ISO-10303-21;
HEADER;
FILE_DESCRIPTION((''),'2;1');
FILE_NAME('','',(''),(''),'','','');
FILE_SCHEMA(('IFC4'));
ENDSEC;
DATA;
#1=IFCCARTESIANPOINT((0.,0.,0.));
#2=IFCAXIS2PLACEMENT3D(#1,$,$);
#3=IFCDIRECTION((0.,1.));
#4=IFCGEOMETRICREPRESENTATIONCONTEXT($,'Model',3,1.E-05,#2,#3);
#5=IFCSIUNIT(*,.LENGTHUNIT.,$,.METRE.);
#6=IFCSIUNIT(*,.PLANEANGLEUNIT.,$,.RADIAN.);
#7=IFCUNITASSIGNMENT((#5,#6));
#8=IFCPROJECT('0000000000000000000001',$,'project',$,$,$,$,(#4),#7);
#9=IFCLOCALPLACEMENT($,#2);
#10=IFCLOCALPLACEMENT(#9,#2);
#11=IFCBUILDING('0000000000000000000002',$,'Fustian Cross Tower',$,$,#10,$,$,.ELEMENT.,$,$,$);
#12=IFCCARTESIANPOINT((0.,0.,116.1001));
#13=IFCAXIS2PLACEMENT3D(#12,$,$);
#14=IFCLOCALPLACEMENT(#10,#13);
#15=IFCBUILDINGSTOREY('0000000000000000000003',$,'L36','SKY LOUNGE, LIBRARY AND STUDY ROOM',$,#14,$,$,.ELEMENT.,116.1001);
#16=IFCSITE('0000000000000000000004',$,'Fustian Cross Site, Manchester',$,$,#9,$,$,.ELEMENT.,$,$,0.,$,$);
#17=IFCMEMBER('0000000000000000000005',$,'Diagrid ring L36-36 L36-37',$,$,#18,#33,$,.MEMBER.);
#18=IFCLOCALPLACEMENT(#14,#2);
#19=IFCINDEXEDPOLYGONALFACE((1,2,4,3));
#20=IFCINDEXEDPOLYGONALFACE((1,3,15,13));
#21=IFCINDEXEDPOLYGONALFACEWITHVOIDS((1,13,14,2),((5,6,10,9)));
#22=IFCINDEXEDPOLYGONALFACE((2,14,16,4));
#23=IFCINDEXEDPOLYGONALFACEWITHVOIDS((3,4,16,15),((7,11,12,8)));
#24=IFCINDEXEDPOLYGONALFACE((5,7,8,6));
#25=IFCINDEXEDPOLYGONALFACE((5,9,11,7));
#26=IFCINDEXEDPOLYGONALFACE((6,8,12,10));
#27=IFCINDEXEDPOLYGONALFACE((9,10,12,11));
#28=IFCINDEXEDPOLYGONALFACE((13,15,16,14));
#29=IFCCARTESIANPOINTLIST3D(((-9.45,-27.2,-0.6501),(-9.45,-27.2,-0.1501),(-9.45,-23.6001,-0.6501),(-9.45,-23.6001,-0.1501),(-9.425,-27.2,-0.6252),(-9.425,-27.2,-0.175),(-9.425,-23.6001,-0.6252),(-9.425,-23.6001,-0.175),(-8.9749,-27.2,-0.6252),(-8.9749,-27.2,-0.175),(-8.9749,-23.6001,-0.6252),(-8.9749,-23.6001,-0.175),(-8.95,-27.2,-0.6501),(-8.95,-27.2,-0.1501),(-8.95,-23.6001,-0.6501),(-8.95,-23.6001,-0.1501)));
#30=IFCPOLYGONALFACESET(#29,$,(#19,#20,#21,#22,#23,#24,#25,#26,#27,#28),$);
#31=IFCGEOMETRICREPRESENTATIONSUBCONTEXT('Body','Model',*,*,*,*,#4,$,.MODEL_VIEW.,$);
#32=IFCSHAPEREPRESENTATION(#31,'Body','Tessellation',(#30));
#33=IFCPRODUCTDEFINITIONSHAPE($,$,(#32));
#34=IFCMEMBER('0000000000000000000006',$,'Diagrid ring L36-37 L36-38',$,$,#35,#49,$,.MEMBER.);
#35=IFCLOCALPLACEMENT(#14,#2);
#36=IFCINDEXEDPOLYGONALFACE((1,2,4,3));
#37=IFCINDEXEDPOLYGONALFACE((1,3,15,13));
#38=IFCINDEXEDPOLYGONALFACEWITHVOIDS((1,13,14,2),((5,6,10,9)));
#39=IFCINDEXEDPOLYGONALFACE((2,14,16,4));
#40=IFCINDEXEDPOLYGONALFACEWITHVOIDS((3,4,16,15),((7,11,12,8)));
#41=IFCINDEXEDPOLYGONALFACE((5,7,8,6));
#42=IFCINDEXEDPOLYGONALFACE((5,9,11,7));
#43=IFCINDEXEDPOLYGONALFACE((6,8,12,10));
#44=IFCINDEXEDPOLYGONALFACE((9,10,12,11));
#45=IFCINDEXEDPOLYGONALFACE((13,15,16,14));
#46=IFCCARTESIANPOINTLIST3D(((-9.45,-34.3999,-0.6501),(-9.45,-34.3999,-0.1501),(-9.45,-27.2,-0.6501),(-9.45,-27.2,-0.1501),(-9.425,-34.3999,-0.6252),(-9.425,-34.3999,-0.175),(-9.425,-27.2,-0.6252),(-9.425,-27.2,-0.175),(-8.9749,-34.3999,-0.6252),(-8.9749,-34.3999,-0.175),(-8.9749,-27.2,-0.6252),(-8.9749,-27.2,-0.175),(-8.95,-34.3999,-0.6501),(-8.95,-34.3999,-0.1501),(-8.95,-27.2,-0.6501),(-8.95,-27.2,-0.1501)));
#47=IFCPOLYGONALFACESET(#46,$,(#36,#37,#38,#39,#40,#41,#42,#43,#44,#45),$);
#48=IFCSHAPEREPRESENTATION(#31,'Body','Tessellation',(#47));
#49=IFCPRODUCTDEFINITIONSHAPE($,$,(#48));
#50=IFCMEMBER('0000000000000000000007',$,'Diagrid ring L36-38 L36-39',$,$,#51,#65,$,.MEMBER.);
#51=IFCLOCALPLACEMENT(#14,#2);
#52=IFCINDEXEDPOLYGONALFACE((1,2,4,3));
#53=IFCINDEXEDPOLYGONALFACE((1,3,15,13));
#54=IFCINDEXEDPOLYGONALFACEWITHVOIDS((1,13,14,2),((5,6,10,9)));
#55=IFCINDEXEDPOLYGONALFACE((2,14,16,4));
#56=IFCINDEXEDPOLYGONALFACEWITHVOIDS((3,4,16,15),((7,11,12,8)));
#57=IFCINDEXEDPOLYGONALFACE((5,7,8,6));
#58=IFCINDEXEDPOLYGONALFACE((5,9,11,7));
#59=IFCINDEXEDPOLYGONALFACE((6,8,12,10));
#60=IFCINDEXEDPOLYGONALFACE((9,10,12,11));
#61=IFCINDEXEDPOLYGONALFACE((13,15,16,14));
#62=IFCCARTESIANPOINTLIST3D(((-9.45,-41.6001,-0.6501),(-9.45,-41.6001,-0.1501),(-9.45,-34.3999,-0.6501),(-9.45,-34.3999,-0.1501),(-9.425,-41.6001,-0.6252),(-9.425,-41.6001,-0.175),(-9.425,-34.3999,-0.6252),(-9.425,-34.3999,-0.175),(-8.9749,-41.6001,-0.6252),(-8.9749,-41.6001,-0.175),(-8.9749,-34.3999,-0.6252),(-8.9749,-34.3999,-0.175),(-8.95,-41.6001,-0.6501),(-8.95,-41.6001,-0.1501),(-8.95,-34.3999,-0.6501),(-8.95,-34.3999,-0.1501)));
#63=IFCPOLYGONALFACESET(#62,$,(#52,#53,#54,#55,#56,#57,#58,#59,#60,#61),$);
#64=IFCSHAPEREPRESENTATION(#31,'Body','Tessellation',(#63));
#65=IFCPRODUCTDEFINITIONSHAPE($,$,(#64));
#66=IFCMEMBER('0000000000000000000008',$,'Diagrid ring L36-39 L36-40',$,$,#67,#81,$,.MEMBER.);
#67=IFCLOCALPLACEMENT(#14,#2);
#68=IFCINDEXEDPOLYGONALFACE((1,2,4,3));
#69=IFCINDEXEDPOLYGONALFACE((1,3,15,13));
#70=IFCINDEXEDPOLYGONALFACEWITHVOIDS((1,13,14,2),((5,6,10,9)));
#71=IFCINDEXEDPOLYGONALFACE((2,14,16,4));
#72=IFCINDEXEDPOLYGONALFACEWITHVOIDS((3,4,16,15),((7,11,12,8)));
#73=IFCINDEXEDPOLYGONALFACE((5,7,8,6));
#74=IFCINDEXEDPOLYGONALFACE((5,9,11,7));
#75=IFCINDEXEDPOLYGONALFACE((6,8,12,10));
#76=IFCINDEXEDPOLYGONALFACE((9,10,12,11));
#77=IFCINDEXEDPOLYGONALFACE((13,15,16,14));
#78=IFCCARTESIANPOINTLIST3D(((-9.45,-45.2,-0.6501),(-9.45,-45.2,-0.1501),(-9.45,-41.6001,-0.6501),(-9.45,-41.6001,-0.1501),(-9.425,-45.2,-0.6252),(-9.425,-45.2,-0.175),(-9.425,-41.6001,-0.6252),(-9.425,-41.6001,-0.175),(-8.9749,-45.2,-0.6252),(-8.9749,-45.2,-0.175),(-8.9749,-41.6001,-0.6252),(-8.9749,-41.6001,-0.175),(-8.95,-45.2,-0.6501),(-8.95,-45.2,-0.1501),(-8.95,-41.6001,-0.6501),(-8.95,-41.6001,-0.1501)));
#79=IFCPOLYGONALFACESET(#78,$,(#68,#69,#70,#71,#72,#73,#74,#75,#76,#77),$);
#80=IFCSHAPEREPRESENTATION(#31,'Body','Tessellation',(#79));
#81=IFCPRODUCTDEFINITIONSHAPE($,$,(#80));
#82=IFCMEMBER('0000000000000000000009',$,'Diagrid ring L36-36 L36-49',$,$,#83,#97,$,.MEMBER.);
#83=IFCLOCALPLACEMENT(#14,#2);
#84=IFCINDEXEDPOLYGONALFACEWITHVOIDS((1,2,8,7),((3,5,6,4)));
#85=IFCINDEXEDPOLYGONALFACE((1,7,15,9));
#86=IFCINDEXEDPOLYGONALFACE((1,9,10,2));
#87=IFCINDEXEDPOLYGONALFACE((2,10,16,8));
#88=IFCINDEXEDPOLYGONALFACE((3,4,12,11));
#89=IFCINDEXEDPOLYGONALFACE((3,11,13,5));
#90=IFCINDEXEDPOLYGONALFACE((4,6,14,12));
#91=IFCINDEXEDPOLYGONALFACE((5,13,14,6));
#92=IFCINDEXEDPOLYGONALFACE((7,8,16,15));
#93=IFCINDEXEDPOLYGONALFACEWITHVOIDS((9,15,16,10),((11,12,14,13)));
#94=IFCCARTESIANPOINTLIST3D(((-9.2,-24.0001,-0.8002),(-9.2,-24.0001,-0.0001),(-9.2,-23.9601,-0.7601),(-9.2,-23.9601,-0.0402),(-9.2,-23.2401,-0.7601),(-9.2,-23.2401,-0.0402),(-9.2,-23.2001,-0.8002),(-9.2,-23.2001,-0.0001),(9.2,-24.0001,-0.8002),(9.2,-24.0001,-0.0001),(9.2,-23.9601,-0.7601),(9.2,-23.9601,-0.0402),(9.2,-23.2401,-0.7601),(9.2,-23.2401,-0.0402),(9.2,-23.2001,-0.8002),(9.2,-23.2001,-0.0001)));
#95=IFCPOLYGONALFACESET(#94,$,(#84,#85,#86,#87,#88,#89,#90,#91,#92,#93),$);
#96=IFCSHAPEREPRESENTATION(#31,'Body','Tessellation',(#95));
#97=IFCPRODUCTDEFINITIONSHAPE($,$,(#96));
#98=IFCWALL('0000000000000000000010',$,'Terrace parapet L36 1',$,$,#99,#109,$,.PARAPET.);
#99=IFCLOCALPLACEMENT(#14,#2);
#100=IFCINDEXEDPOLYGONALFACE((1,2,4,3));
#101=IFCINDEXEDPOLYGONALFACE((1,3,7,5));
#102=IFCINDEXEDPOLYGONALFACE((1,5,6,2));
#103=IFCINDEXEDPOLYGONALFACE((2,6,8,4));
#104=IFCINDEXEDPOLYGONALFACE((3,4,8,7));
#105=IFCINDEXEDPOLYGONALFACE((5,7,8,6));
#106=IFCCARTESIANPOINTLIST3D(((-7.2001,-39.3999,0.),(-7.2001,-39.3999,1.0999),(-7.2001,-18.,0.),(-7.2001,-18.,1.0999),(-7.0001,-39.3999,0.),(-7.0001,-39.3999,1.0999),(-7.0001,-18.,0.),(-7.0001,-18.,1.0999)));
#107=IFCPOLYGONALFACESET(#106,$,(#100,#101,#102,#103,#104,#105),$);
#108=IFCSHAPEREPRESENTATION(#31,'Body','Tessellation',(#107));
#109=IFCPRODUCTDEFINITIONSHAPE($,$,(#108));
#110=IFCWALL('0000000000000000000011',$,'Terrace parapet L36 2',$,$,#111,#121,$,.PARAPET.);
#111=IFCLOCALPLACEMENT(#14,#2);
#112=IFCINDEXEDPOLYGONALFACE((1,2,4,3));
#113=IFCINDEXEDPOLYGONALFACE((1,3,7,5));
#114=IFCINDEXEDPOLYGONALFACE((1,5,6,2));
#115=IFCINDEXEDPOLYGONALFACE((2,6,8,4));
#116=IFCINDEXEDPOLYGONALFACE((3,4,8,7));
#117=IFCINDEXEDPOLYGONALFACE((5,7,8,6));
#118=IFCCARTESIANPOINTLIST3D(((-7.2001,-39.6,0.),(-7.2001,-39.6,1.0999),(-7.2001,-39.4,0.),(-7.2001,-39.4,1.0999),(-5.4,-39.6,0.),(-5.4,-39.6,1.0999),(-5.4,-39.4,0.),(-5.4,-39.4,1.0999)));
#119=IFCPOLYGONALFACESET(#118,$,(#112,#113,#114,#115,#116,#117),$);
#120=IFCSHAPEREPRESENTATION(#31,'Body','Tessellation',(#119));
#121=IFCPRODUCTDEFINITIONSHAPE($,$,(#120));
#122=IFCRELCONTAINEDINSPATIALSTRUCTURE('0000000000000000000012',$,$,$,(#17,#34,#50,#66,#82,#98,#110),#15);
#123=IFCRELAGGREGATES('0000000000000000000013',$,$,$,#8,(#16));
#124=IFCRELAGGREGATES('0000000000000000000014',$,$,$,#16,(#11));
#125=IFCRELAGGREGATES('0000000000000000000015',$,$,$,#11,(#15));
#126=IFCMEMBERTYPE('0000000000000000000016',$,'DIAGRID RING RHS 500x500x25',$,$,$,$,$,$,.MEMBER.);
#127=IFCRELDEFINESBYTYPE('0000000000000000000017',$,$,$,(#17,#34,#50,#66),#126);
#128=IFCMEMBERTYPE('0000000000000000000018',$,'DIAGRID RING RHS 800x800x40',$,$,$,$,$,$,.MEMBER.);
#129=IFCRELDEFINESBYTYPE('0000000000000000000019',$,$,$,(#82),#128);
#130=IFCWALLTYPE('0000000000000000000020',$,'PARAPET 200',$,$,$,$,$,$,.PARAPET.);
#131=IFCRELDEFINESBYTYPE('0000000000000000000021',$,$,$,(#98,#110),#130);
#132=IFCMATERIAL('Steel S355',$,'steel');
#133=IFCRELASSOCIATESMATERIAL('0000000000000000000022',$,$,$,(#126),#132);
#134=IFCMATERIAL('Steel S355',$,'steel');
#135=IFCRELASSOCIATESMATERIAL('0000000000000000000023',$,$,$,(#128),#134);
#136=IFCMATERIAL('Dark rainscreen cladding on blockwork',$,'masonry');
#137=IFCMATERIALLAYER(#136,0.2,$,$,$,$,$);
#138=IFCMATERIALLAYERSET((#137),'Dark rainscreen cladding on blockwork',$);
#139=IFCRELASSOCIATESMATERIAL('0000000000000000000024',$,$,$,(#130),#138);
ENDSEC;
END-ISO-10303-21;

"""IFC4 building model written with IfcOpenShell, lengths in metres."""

from ifc_helpers import new_model, si_unit, direction, frame, frame_2d, origin, origin_2d, place, context, subcontext, project, spatial, rectangle, hollow_rectangle, extrude, material, layer, layer_set, material_profile, profile_set, type_object, element, save


model = new_model("IFC4")

# Units and contexts
model_context = context("Model", 3, precision=1e-05, world=origin(), true_north=direction((0.0, 1.0)))
body_context = subcontext(model_context, "Body", "Model", "MODEL_VIEW")
ifc_project = project(units=[si_unit("LENGTHUNIT", "METRE"), si_unit("PLANEANGLEUNIT", "RADIAN")], contexts=[model_context])

# Site, building, storey
site_placement = place(None, origin())
site = spatial("IfcSite", under=ifc_project, at=site_placement, Name="Fustian Cross Site, Manchester", CompositionType="ELEMENT", RefElevation=0.0)
building_placement = place(site_placement, origin())
building = spatial("IfcBuilding", under=site, at=building_placement, Name="Fustian Cross Tower", CompositionType="ELEMENT")
storey_placement = place(building_placement, frame((0.0, 0.0, 116.1001)))
storey = spatial("IfcBuildingStorey", under=building, at=storey_placement, Name="L36", Description="SKY LOUNGE, LIBRARY AND STUDY ROOM", CompositionType="ELEMENT", Elevation=116.1001)

# Members
ifc_material_1 = material(Name="Steel S355", Category="steel")
ifc_material_profile_1 = material_profile(ifc_material_1, hollow_rectangle(XDim=0.5, YDim=0.5, WallThickness=0.0249, at=origin_2d()), Name="RHS 500x500x25")
ifc_profile_set_1 = profile_set([ifc_material_profile_1], Name="Steel S355")
member_type_1 = type_object("IfcMemberType", Name="DIAGRID RING RHS 500x500x25", PredefinedType="MEMBER", material=ifc_profile_set_1)
member_1_placement = place(storey_placement, frame((-9.2, -23.6001, -0.4001), z_axis=(0.0, -1.0, 0.0), x_axis=(1.0, 0.0, 0.0)))
element("IfcMember", 1, at=member_1_placement, inside=storey, type_object=member_type_1, Name="Diagrid ring L36-36 L36-37", PredefinedType="MEMBER", context=body_context, shape_type="SweptSolid", body=[
    extrude(hollow_rectangle(XDim=0.5, YDim=0.5, WallThickness=0.0249, at=origin_2d()), origin(), (0.0, 0.0, 1.0), 3.5999),
])
member_2_placement = place(storey_placement, frame((-9.2, -27.2, -0.4001), z_axis=(0.0, -1.0, 0.0), x_axis=(1.0, 0.0, 0.0)))
element("IfcMember", 2, at=member_2_placement, inside=storey, type_object=member_type_1, Name="Diagrid ring L36-37 L36-38", PredefinedType="MEMBER", context=body_context, shape_type="SweptSolid", body=[
    extrude(hollow_rectangle(XDim=0.5, YDim=0.5, WallThickness=0.0249, at=origin_2d()), origin(), (0.0, 0.0, 1.0), 7.2),
])
member_3_placement = place(storey_placement, frame((-9.2, -34.3999, -0.4001), z_axis=(0.0, -1.0, 0.0), x_axis=(1.0, 0.0, 0.0)))
element("IfcMember", 3, at=member_3_placement, inside=storey, type_object=member_type_1, Name="Diagrid ring L36-38 L36-39", PredefinedType="MEMBER", context=body_context, shape_type="SweptSolid", body=[
    extrude(hollow_rectangle(XDim=0.5, YDim=0.5, WallThickness=0.0249, at=origin_2d()), origin(), (0.0, 0.0, 1.0), 7.2002),
])
member_4_placement = place(storey_placement, frame((-9.2, -41.6001, -0.4001), z_axis=(0.0, -1.0, 0.0), x_axis=(1.0, 0.0, 0.0)))
element("IfcMember", 4, at=member_4_placement, inside=storey, type_object=member_type_1, Name="Diagrid ring L36-39 L36-40", PredefinedType="MEMBER", context=body_context, shape_type="SweptSolid", body=[
    extrude(hollow_rectangle(XDim=0.5, YDim=0.5, WallThickness=0.0249, at=origin_2d()), origin(), (0.0, 0.0, 1.0), 3.5999),
])
ifc_material_2 = material(Name="Steel S355", Category="steel")
ifc_material_profile_2 = material_profile(ifc_material_2, hollow_rectangle(XDim=0.8, YDim=0.8, WallThickness=0.04, at=origin_2d()), Name="RHS 800x800x40")
ifc_profile_set_2 = profile_set([ifc_material_profile_2], Name="Steel S355")
member_type_2 = type_object("IfcMemberType", Name="DIAGRID RING RHS 800x800x40", PredefinedType="MEMBER", material=ifc_profile_set_2)
member_5_placement = place(storey_placement, frame((-9.2, -23.6001, -0.4001), z_axis=(1.0, 0.0, 0.0), x_axis=(0.0, 1.0, 0.0)))
element("IfcMember", 5, at=member_5_placement, inside=storey, type_object=member_type_2, Name="Diagrid ring L36-36 L36-49", PredefinedType="MEMBER", context=body_context, shape_type="SweptSolid", body=[
    extrude(hollow_rectangle(XDim=0.8, YDim=0.8, WallThickness=0.04, at=origin_2d()), origin(), (0.0, 0.0, 1.0), 18.3999),
])

# Walls
ifc_material_3 = material(Name="Dark rainscreen cladding on blockwork", Category="masonry")
ifc_layer = layer(ifc_material_3, 0.2)
ifc_layer_set = layer_set([ifc_layer], Name="Dark rainscreen cladding on blockwork")
wall_type = type_object("IfcWallType", Name="PARAPET 200", PredefinedType="PARAPET", material=ifc_layer_set)
wall_1_placement = place(storey_placement, frame((-7.1001, -18.0, 0.0), z_axis=(0.0, 0.0, 1.0), x_axis=(0.0, -1.0, 0.0)))
element("IfcWall", 6, at=wall_1_placement, inside=storey, type_object=wall_type, Name="Terrace parapet L36 1", PredefinedType="PARAPET", context=body_context, shape_type="SweptSolid", body=[
    extrude(rectangle(XDim=21.3999, YDim=0.2, at=frame_2d((10.7, 0.0))), origin(), (0.0, 0.0, 1.0), 1.0999),
])
wall_2_placement = place(storey_placement, frame((-7.2, -39.5, 0.0), z_axis=(0.0, 0.0, 1.0), x_axis=(1.0, 0.0, 0.0)))
element("IfcWall", 7, at=wall_2_placement, inside=storey, type_object=wall_type, Name="Terrace parapet L36 2", PredefinedType="PARAPET", context=body_context, shape_type="SweptSolid", body=[
    extrude(rectangle(XDim=1.8, YDim=0.2, at=frame_2d((0.8999, 0.0))), origin(), (0.0, 0.0, 1.0), 1.0999),
])

save(model, "model.ifc")
